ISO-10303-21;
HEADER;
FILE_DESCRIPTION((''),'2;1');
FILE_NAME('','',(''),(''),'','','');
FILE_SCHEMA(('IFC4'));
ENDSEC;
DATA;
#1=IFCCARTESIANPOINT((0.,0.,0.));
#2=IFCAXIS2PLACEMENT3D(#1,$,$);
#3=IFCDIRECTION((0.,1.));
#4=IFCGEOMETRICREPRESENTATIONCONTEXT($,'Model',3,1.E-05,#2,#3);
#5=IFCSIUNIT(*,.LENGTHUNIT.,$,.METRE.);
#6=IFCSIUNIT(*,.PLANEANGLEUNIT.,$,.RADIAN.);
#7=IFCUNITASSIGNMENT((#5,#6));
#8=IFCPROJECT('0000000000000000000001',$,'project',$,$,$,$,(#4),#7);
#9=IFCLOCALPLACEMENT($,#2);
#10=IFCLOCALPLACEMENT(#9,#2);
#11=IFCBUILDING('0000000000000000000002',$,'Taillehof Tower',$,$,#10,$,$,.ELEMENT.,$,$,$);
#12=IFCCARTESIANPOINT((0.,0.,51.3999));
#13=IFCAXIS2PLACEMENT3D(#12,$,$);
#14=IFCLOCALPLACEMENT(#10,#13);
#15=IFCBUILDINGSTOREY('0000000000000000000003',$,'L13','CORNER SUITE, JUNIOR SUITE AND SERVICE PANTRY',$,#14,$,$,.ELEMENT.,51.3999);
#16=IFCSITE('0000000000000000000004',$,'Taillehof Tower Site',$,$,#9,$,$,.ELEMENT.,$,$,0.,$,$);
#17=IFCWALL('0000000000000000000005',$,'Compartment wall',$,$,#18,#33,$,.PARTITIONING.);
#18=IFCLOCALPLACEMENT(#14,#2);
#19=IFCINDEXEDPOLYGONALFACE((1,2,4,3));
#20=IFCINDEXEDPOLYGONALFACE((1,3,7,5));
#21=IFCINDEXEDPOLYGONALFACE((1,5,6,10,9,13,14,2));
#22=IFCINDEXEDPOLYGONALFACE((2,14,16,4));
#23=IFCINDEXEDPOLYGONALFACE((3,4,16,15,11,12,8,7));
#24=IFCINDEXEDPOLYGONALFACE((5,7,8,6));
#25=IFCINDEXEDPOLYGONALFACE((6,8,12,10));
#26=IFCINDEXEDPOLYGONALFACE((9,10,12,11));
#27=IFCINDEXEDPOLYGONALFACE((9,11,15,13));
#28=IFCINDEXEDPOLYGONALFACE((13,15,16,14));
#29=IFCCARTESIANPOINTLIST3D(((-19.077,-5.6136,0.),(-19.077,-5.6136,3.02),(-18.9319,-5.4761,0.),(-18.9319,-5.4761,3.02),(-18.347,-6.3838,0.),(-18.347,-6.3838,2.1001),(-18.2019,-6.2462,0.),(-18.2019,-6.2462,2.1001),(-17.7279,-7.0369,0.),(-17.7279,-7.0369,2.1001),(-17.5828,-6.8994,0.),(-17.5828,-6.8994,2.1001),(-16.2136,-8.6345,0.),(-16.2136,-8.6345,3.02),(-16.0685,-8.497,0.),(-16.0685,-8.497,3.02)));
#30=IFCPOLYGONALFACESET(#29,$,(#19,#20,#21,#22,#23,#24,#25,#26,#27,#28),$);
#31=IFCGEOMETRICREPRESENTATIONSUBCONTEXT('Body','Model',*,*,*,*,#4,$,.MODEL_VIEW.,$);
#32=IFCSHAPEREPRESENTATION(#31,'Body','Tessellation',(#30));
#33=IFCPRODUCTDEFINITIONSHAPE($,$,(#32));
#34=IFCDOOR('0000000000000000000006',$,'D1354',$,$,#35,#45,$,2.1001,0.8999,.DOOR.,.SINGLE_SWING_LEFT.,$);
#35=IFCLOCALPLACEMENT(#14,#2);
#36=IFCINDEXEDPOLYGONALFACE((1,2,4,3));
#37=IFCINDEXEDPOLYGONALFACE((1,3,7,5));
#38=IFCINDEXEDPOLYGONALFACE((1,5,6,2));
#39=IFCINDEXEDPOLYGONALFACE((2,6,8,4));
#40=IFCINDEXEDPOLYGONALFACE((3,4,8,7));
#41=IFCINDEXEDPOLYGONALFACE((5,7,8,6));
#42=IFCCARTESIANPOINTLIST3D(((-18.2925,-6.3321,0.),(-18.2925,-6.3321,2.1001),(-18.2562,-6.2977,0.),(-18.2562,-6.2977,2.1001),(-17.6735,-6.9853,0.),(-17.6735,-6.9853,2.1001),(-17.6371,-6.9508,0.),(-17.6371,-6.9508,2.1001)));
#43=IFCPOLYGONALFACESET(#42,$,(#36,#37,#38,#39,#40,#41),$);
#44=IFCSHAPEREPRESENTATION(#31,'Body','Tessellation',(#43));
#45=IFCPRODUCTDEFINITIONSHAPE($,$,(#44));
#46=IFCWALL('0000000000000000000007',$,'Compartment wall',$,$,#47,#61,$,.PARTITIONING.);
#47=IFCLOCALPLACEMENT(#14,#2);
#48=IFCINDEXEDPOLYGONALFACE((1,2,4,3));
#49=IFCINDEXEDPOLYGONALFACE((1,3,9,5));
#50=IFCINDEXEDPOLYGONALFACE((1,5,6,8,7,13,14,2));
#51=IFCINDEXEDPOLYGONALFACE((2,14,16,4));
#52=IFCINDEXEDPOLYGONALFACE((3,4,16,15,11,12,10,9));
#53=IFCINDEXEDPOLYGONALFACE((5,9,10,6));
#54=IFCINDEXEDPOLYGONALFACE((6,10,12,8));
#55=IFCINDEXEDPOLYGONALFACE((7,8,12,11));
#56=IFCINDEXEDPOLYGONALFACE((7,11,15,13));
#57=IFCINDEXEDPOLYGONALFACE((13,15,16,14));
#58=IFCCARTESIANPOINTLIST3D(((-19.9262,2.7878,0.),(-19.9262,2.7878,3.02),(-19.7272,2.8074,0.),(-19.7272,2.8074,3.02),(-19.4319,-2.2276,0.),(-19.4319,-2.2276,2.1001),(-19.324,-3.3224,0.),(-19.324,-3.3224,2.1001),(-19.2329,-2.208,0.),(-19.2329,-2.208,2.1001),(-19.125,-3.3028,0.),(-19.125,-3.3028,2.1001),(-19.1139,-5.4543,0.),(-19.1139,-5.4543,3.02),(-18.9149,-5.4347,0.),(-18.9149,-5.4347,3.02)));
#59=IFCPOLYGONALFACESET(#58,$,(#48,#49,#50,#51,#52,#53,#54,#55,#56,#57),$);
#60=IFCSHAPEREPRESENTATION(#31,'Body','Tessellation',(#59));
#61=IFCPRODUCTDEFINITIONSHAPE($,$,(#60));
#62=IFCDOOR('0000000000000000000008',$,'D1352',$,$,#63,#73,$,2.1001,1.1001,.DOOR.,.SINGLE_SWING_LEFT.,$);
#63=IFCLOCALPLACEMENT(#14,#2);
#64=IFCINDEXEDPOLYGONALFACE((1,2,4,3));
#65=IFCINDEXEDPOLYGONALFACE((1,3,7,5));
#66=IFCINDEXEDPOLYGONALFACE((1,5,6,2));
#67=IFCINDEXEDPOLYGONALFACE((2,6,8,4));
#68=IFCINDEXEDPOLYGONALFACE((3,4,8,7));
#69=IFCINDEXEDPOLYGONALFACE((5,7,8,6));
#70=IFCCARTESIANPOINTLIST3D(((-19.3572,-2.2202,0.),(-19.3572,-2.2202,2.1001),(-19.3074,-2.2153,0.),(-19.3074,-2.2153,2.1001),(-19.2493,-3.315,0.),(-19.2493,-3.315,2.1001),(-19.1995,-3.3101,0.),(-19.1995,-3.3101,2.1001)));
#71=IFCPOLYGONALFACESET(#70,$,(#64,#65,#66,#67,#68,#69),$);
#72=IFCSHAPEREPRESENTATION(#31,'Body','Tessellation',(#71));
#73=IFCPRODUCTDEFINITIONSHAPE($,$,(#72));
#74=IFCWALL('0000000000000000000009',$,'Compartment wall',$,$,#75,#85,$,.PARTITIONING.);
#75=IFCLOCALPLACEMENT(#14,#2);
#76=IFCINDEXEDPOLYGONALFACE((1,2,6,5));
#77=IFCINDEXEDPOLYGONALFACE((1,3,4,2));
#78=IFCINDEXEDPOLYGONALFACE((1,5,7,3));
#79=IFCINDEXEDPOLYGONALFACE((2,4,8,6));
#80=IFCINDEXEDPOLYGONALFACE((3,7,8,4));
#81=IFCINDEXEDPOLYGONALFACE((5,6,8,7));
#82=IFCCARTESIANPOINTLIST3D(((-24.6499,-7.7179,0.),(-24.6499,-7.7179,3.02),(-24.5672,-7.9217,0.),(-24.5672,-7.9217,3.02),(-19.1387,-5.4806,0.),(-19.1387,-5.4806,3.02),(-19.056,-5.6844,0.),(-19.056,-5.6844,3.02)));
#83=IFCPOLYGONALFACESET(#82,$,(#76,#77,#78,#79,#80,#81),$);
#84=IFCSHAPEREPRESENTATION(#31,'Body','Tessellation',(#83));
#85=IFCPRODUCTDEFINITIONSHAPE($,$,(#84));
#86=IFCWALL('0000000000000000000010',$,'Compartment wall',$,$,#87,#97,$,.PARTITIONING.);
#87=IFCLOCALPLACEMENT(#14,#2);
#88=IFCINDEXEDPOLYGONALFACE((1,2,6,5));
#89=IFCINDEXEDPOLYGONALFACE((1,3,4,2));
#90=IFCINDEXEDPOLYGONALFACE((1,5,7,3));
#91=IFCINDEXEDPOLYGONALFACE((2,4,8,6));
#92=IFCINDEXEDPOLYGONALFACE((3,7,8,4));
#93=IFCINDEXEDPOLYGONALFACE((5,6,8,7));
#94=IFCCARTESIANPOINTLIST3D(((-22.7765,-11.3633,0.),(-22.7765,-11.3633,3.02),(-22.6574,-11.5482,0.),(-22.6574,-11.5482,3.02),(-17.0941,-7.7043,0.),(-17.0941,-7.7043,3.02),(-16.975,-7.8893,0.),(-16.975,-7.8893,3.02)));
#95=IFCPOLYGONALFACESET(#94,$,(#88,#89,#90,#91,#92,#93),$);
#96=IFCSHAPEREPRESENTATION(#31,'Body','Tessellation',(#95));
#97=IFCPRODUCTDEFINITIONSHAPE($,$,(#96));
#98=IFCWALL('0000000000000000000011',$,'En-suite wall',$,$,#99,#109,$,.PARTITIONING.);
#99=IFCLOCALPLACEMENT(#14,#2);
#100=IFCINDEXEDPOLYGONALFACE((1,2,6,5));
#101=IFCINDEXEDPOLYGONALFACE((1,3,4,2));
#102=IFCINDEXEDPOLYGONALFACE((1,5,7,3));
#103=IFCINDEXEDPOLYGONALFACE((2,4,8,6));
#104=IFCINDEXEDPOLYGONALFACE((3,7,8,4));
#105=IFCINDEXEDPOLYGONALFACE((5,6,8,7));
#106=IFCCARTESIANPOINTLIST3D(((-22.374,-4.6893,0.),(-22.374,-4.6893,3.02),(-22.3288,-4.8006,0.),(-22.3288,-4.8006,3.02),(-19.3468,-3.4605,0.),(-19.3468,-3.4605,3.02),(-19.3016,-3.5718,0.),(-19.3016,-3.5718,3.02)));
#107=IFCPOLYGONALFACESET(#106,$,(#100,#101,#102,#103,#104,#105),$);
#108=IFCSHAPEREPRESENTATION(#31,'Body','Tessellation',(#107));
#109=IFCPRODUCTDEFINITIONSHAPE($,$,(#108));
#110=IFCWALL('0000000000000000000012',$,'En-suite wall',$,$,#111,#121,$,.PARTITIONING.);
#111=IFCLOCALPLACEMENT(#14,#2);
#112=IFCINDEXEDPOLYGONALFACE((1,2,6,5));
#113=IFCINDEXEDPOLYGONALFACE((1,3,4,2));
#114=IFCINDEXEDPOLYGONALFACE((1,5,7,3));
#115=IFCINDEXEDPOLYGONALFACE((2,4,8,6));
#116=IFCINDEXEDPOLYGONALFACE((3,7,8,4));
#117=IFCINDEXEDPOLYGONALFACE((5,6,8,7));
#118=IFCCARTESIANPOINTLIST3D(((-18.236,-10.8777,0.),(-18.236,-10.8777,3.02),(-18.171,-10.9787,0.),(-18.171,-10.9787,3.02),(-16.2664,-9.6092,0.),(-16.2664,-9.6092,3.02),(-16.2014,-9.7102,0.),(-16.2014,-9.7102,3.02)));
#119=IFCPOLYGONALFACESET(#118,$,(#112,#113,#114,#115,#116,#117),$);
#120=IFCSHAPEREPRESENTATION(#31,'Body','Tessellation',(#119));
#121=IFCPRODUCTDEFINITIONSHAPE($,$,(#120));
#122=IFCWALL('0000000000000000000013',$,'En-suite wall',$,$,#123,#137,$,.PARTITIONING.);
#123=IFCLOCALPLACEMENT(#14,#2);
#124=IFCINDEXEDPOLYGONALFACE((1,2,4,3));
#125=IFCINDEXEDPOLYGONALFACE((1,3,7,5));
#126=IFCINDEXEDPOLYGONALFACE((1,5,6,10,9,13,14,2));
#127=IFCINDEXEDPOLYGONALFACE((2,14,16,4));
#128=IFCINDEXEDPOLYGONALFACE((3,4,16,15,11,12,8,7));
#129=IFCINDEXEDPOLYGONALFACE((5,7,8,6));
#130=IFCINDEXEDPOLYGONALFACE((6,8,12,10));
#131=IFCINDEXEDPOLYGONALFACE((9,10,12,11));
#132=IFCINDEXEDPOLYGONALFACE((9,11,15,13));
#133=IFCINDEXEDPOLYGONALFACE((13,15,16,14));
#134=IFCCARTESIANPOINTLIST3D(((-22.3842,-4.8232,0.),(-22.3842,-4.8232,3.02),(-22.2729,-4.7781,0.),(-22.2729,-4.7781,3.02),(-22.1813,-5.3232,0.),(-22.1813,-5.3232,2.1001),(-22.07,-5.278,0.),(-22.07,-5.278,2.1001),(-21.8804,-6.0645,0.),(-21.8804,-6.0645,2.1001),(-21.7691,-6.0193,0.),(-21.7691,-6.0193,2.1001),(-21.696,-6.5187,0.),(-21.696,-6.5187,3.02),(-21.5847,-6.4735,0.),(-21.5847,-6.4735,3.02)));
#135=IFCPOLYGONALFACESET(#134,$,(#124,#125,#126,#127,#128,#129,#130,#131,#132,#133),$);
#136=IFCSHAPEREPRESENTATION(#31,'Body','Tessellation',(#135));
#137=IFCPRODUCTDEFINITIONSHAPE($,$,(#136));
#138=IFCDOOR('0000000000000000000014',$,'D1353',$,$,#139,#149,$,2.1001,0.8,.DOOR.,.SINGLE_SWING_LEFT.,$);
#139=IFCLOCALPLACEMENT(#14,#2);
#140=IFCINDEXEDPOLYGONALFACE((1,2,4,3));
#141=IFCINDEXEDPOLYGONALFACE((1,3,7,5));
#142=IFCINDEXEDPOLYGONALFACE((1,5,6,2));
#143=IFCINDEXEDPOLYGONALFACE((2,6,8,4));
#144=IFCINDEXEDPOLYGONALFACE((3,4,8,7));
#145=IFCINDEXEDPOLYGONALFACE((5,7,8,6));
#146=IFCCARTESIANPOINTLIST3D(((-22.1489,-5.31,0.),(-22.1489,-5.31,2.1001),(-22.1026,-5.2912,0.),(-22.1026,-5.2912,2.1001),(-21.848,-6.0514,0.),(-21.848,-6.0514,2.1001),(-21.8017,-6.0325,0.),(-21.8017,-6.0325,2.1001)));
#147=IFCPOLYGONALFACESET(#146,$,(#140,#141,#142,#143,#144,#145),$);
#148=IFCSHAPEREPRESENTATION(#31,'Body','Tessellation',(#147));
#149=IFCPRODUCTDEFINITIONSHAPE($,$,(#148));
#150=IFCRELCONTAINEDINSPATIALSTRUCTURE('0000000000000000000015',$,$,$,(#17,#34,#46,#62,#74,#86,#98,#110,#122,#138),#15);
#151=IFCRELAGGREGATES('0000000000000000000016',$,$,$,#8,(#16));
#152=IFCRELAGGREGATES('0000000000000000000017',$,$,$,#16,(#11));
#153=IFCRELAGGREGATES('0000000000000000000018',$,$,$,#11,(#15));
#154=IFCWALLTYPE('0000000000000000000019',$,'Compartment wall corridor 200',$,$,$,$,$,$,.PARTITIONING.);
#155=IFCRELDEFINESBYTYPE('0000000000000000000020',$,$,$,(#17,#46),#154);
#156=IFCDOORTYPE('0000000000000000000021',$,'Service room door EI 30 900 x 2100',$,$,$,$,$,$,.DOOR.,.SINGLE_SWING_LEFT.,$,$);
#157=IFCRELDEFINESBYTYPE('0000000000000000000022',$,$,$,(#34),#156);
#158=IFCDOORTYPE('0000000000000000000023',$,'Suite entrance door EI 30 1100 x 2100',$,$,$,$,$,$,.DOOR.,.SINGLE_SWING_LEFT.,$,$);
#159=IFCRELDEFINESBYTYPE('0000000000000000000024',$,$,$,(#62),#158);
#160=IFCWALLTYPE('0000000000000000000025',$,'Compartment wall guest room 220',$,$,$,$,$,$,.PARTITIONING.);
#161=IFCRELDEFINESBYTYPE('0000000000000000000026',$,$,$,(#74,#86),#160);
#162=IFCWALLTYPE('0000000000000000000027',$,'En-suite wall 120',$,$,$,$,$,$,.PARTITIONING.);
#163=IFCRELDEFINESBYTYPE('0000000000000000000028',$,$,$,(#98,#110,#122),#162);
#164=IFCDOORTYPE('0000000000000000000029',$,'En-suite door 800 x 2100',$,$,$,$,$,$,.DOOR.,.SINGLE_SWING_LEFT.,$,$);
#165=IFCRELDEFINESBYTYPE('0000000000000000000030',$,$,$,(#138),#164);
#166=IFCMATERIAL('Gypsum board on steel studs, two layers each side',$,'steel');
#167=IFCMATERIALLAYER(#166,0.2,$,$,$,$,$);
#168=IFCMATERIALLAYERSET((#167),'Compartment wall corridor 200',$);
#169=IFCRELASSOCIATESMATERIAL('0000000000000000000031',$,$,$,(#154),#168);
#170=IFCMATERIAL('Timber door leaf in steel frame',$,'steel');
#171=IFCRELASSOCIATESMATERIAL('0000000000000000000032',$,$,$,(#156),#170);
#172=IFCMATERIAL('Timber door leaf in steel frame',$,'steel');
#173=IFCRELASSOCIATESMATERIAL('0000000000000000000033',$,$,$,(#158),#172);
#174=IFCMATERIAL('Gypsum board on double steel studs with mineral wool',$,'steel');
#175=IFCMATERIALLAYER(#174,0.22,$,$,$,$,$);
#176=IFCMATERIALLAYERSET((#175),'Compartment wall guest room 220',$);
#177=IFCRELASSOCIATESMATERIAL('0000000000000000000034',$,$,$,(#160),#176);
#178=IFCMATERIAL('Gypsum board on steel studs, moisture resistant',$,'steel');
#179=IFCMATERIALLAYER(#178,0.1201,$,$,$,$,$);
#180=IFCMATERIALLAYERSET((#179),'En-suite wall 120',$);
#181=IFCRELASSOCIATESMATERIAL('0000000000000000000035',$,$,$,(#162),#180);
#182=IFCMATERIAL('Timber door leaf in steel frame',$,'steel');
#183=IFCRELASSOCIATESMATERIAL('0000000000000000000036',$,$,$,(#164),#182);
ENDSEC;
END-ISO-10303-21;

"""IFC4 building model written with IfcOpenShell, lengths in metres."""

from ifc_helpers import new_model, si_unit, direction, frame, frame_2d, origin, place, context, subcontext, project, spatial, rectangle, extrude, material, layer, layer_set, type_object, element, fill, save


model = new_model("IFC4")

# Units and contexts
model_context = context("Model", 3, precision=1e-05, world=origin(), true_north=direction((0.0, 1.0)))
body_context = subcontext(model_context, "Body", "Model", "MODEL_VIEW")
ifc_project = project(units=[si_unit("LENGTHUNIT", "METRE"), si_unit("PLANEANGLEUNIT", "RADIAN")], contexts=[model_context])

# Site, building, storey
site_placement = place(None, origin())
site = spatial("IfcSite", under=ifc_project, at=site_placement, Name="Taillehof Tower Site", CompositionType="ELEMENT", RefElevation=0.0)
building_placement = place(site_placement, origin())
building = spatial("IfcBuilding", under=site, at=building_placement, Name="Taillehof Tower", CompositionType="ELEMENT")
storey_placement = place(building_placement, frame((0.0, 0.0, 51.3999)))
storey = spatial("IfcBuildingStorey", under=building, at=storey_placement, Name="L13", Description="CORNER SUITE, JUNIOR SUITE AND SERVICE PANTRY", CompositionType="ELEMENT", Elevation=51.3999)

# Walls, openings, doors
ifc_material_1 = material(Name="Gypsum board on steel studs, two layers each side", Category="steel")
ifc_layer_1 = layer(ifc_material_1, 0.2)
ifc_layer_set_1 = layer_set([ifc_layer_1], Name="Compartment wall corridor 200")
wall_type_1 = type_object("IfcWallType", Name="Compartment wall corridor 200", PredefinedType="PARTITIONING", material=ifc_layer_set_1)
wall_1_placement = place(storey_placement, frame((-16.1411, -8.5657, 0.0), z_axis=(0.0, 0.0, 1.0), x_axis=(-0.687938, 0.725769, 0.0)))
wall_1 = element("IfcWall", 1, at=wall_1_placement, inside=storey, type_object=wall_type_1, Name="Compartment wall", PredefinedType="PARTITIONING", context=body_context, shape_type="SweptSolid", body=[
    extrude(rectangle(XDim=4.1624, YDim=0.2, at=frame_2d((2.0811, 0.0))), origin(), (0.0, 0.0, 1.0), 3.02),
])
opening_1_placement = place(wall_1_placement, frame((2.2012, 0.0, 0.0)))
opening_1 = element("IfcOpeningElement", 2, at=opening_1_placement, cuts=wall_1, PredefinedType="OPENING", context=body_context, shape_type="SweptSolid", body=[
    extrude(rectangle(XDim=0.8999, YDim=2.1001, at=frame_2d((0.45, 1.05))), frame((0.0, 0.1099, 0.0), z_axis=(0.0, -1.0, 0.0), x_axis=(1.0, 0.0, 0.0)), (0.0, 0.0, 1.0), 0.22),
])
ifc_material_2 = material(Name="Timber door leaf in steel frame", Category="steel")
door_type_1 = type_object("IfcDoorType", Name="Service room door EI 30 900 x 2100", OperationType="SINGLE_SWING_LEFT", PredefinedType="DOOR", material=ifc_material_2)
door_1_placement = place(opening_1_placement, origin())
door_1 = element("IfcDoor", 3, at=door_1_placement, inside=storey, type_object=door_type_1, Name="D1354", OperationType="SINGLE_SWING_LEFT", OverallHeight=2.1001, OverallWidth=0.8999, PredefinedType="DOOR", context=body_context, shape_type="SweptSolid", body=[
    extrude(rectangle(XDim=0.8999, YDim=2.1001, at=frame_2d((0.45, 1.05))), frame((0.0, 0.0249, 0.0), z_axis=(0.0, -1.0, 0.0), x_axis=(1.0, 0.0, 0.0)), (0.0, 0.0, 1.0), 0.05),
])
fill(opening_1, door_1)
wall_2_placement = place(storey_placement, frame((-19.0144, -5.4446, 0.0), z_axis=(0.0, 0.0, 1.0), x_axis=(-0.098076, 0.995179, 0.0)))
wall_2 = element("IfcWall", 4, at=wall_2_placement, inside=storey, type_object=wall_type_1, Name="Compartment wall", PredefinedType="PARTITIONING", context=body_context, shape_type="SweptSolid", body=[
    extrude(rectangle(XDim=8.282, YDim=0.2, at=frame_2d((4.1411, 0.0))), origin(), (0.0, 0.0, 1.0), 3.02),
])
opening_2_placement = place(wall_2_placement, frame((2.1423, 0.0, 0.0)))
opening_2 = element("IfcOpeningElement", 5, at=opening_2_placement, cuts=wall_2, PredefinedType="OPENING", context=body_context, shape_type="SweptSolid", body=[
    extrude(rectangle(XDim=1.1001, YDim=2.1001, at=frame_2d((0.55, 1.05))), frame((0.0, 0.1099, 0.0), z_axis=(0.0, -1.0, 0.0), x_axis=(1.0, 0.0, 0.0)), (0.0, 0.0, 1.0), 0.22),
])
ifc_material_3 = material(Name="Timber door leaf in steel frame", Category="steel")
door_type_2 = type_object("IfcDoorType", Name="Suite entrance door EI 30 1100 x 2100", OperationType="SINGLE_SWING_LEFT", PredefinedType="DOOR", material=ifc_material_3)
door_2_placement = place(opening_2_placement, origin())
door_2 = element("IfcDoor", 6, at=door_2_placement, inside=storey, type_object=door_type_2, Name="D1352", OperationType="SINGLE_SWING_LEFT", OverallHeight=2.1001, OverallWidth=1.1001, PredefinedType="DOOR", context=body_context, shape_type="SweptSolid", body=[
    extrude(rectangle(XDim=1.1001, YDim=2.1001, at=frame_2d((0.55, 1.05))), frame((0.0, 0.0249, 0.0), z_axis=(0.0, -1.0, 0.0), x_axis=(1.0, 0.0, 0.0)), (0.0, 0.0, 1.0), 0.05),
])
fill(opening_2, door_2)

# Walls
ifc_material_4 = material(Name="Gypsum board on double steel studs with mineral wool", Category="steel")
ifc_layer_2 = layer(ifc_material_4, 0.22)
ifc_layer_set_2 = layer_set([ifc_layer_2], Name="Compartment wall guest room 220")
wall_type_2 = type_object("IfcWallType", Name="Compartment wall guest room 220", PredefinedType="PARTITIONING", material=ifc_layer_set_2)
wall_3_placement = place(storey_placement, frame((-24.6086, -7.8198, 0.0), z_axis=(0.0, 0.0, 1.0), x_axis=(0.926562, 0.376141, 0.0)))
element("IfcWall", 7, at=wall_3_placement, inside=storey, type_object=wall_type_2, Name="Compartment wall", PredefinedType="PARTITIONING", context=body_context, shape_type="SweptSolid", body=[
    extrude(rectangle(XDim=5.948, YDim=0.22, at=frame_2d((2.9741, 0.0))), origin(), (0.0, 0.0, 1.0), 3.02),
])
wall_4_placement = place(storey_placement, frame((-22.717, -11.4558, 0.0), z_axis=(0.0, 0.0, 1.0), x_axis=(0.840776, 0.541384, 0.0)))
element("IfcWall", 8, at=wall_4_placement, inside=storey, type_object=wall_type_2, Name="Compartment wall", PredefinedType="PARTITIONING", context=body_context, shape_type="SweptSolid", body=[
    extrude(rectangle(XDim=6.7585, YDim=0.22, at=frame_2d((3.3794, 0.0))), origin(), (0.0, 0.0, 1.0), 3.02),
])
ifc_material_5 = material(Name="Gypsum board on steel studs, moisture resistant", Category="steel")
ifc_layer_3 = layer(ifc_material_5, 0.1201)
ifc_layer_set_3 = layer_set([ifc_layer_3], Name="En-suite wall 120")
wall_type_3 = type_object("IfcWallType", Name="En-suite wall 120", PredefinedType="PARTITIONING", material=ifc_layer_set_3)
wall_5_placement = place(storey_placement, frame((-19.3242, -3.5161, 0.0), z_axis=(0.0, 0.0, 1.0), x_axis=(-0.926573, -0.376114, 0.0)))
element("IfcWall", 9, at=wall_5_placement, inside=storey, type_object=wall_type_3, Name="En-suite wall", PredefinedType="PARTITIONING", context=body_context, shape_type="SweptSolid", body=[
    extrude(rectangle(XDim=3.2671, YDim=0.1201, at=frame_2d((1.6335, 0.0))), origin(), (0.0, 0.0, 1.0), 3.02),
])
wall_6_placement = place(storey_placement, frame((-16.2339, -9.6597, 0.0), z_axis=(0.0, 0.0, 1.0), x_axis=(-0.840731, -0.541453, 0.0)))
element("IfcWall", 10, at=wall_6_placement, inside=storey, type_object=wall_type_3, Name="En-suite wall", PredefinedType="PARTITIONING", context=body_context, shape_type="SweptSolid", body=[
    extrude(rectangle(XDim=2.3428, YDim=0.1201, at=frame_2d((1.1714, 0.0))), origin(), (0.0, 0.0, 1.0), 3.02),
])

# Wall, opening, door
wall_7_placement = place(storey_placement, frame((-22.3286, -4.8005, 0.0), z_axis=(0.0, 0.0, 1.0), x_axis=(0.376101, -0.926578, 0.0)))
wall_7 = element("IfcWall", 11, at=wall_7_placement, inside=storey, type_object=wall_type_3, Name="En-suite wall", PredefinedType="PARTITIONING", context=body_context, shape_type="SweptSolid", body=[
    extrude(rectangle(XDim=1.8298, YDim=0.1201, at=frame_2d((0.915, 0.0))), origin(), (0.0, 0.0, 1.0), 3.02),
])
opening_3_placement = place(wall_7_placement, frame((0.5398, 0.0, 0.0)))
opening_3 = element("IfcOpeningElement", 12, at=opening_3_placement, cuts=wall_7, PredefinedType="OPENING", context=body_context, shape_type="SweptSolid", body=[
    extrude(rectangle(XDim=0.8, YDim=2.1001, at=frame_2d((0.3999, 1.05))), frame((0.0, 0.0701, 0.0), z_axis=(0.0, -1.0, 0.0), x_axis=(1.0, 0.0, 0.0)), (0.0, 0.0, 1.0), 0.1401),
])
ifc_material_6 = material(Name="Timber door leaf in steel frame", Category="steel")
door_type_3 = type_object("IfcDoorType", Name="En-suite door 800 x 2100", OperationType="SINGLE_SWING_LEFT", PredefinedType="DOOR", material=ifc_material_6)
door_3_placement = place(opening_3_placement, origin())
door_3 = element("IfcDoor", 13, at=door_3_placement, inside=storey, type_object=door_type_3, Name="D1353", OperationType="SINGLE_SWING_LEFT", OverallHeight=2.1001, OverallWidth=0.8, PredefinedType="DOOR", context=body_context, shape_type="SweptSolid", body=[
    extrude(rectangle(XDim=0.8, YDim=2.1001, at=frame_2d((0.3999, 1.05))), frame((0.0, 0.0249, 0.0), z_axis=(0.0, -1.0, 0.0), x_axis=(1.0, 0.0, 0.0)), (0.0, 0.0, 1.0), 0.05),
])
fill(opening_3, door_3)

save(model, "model.ifc")
